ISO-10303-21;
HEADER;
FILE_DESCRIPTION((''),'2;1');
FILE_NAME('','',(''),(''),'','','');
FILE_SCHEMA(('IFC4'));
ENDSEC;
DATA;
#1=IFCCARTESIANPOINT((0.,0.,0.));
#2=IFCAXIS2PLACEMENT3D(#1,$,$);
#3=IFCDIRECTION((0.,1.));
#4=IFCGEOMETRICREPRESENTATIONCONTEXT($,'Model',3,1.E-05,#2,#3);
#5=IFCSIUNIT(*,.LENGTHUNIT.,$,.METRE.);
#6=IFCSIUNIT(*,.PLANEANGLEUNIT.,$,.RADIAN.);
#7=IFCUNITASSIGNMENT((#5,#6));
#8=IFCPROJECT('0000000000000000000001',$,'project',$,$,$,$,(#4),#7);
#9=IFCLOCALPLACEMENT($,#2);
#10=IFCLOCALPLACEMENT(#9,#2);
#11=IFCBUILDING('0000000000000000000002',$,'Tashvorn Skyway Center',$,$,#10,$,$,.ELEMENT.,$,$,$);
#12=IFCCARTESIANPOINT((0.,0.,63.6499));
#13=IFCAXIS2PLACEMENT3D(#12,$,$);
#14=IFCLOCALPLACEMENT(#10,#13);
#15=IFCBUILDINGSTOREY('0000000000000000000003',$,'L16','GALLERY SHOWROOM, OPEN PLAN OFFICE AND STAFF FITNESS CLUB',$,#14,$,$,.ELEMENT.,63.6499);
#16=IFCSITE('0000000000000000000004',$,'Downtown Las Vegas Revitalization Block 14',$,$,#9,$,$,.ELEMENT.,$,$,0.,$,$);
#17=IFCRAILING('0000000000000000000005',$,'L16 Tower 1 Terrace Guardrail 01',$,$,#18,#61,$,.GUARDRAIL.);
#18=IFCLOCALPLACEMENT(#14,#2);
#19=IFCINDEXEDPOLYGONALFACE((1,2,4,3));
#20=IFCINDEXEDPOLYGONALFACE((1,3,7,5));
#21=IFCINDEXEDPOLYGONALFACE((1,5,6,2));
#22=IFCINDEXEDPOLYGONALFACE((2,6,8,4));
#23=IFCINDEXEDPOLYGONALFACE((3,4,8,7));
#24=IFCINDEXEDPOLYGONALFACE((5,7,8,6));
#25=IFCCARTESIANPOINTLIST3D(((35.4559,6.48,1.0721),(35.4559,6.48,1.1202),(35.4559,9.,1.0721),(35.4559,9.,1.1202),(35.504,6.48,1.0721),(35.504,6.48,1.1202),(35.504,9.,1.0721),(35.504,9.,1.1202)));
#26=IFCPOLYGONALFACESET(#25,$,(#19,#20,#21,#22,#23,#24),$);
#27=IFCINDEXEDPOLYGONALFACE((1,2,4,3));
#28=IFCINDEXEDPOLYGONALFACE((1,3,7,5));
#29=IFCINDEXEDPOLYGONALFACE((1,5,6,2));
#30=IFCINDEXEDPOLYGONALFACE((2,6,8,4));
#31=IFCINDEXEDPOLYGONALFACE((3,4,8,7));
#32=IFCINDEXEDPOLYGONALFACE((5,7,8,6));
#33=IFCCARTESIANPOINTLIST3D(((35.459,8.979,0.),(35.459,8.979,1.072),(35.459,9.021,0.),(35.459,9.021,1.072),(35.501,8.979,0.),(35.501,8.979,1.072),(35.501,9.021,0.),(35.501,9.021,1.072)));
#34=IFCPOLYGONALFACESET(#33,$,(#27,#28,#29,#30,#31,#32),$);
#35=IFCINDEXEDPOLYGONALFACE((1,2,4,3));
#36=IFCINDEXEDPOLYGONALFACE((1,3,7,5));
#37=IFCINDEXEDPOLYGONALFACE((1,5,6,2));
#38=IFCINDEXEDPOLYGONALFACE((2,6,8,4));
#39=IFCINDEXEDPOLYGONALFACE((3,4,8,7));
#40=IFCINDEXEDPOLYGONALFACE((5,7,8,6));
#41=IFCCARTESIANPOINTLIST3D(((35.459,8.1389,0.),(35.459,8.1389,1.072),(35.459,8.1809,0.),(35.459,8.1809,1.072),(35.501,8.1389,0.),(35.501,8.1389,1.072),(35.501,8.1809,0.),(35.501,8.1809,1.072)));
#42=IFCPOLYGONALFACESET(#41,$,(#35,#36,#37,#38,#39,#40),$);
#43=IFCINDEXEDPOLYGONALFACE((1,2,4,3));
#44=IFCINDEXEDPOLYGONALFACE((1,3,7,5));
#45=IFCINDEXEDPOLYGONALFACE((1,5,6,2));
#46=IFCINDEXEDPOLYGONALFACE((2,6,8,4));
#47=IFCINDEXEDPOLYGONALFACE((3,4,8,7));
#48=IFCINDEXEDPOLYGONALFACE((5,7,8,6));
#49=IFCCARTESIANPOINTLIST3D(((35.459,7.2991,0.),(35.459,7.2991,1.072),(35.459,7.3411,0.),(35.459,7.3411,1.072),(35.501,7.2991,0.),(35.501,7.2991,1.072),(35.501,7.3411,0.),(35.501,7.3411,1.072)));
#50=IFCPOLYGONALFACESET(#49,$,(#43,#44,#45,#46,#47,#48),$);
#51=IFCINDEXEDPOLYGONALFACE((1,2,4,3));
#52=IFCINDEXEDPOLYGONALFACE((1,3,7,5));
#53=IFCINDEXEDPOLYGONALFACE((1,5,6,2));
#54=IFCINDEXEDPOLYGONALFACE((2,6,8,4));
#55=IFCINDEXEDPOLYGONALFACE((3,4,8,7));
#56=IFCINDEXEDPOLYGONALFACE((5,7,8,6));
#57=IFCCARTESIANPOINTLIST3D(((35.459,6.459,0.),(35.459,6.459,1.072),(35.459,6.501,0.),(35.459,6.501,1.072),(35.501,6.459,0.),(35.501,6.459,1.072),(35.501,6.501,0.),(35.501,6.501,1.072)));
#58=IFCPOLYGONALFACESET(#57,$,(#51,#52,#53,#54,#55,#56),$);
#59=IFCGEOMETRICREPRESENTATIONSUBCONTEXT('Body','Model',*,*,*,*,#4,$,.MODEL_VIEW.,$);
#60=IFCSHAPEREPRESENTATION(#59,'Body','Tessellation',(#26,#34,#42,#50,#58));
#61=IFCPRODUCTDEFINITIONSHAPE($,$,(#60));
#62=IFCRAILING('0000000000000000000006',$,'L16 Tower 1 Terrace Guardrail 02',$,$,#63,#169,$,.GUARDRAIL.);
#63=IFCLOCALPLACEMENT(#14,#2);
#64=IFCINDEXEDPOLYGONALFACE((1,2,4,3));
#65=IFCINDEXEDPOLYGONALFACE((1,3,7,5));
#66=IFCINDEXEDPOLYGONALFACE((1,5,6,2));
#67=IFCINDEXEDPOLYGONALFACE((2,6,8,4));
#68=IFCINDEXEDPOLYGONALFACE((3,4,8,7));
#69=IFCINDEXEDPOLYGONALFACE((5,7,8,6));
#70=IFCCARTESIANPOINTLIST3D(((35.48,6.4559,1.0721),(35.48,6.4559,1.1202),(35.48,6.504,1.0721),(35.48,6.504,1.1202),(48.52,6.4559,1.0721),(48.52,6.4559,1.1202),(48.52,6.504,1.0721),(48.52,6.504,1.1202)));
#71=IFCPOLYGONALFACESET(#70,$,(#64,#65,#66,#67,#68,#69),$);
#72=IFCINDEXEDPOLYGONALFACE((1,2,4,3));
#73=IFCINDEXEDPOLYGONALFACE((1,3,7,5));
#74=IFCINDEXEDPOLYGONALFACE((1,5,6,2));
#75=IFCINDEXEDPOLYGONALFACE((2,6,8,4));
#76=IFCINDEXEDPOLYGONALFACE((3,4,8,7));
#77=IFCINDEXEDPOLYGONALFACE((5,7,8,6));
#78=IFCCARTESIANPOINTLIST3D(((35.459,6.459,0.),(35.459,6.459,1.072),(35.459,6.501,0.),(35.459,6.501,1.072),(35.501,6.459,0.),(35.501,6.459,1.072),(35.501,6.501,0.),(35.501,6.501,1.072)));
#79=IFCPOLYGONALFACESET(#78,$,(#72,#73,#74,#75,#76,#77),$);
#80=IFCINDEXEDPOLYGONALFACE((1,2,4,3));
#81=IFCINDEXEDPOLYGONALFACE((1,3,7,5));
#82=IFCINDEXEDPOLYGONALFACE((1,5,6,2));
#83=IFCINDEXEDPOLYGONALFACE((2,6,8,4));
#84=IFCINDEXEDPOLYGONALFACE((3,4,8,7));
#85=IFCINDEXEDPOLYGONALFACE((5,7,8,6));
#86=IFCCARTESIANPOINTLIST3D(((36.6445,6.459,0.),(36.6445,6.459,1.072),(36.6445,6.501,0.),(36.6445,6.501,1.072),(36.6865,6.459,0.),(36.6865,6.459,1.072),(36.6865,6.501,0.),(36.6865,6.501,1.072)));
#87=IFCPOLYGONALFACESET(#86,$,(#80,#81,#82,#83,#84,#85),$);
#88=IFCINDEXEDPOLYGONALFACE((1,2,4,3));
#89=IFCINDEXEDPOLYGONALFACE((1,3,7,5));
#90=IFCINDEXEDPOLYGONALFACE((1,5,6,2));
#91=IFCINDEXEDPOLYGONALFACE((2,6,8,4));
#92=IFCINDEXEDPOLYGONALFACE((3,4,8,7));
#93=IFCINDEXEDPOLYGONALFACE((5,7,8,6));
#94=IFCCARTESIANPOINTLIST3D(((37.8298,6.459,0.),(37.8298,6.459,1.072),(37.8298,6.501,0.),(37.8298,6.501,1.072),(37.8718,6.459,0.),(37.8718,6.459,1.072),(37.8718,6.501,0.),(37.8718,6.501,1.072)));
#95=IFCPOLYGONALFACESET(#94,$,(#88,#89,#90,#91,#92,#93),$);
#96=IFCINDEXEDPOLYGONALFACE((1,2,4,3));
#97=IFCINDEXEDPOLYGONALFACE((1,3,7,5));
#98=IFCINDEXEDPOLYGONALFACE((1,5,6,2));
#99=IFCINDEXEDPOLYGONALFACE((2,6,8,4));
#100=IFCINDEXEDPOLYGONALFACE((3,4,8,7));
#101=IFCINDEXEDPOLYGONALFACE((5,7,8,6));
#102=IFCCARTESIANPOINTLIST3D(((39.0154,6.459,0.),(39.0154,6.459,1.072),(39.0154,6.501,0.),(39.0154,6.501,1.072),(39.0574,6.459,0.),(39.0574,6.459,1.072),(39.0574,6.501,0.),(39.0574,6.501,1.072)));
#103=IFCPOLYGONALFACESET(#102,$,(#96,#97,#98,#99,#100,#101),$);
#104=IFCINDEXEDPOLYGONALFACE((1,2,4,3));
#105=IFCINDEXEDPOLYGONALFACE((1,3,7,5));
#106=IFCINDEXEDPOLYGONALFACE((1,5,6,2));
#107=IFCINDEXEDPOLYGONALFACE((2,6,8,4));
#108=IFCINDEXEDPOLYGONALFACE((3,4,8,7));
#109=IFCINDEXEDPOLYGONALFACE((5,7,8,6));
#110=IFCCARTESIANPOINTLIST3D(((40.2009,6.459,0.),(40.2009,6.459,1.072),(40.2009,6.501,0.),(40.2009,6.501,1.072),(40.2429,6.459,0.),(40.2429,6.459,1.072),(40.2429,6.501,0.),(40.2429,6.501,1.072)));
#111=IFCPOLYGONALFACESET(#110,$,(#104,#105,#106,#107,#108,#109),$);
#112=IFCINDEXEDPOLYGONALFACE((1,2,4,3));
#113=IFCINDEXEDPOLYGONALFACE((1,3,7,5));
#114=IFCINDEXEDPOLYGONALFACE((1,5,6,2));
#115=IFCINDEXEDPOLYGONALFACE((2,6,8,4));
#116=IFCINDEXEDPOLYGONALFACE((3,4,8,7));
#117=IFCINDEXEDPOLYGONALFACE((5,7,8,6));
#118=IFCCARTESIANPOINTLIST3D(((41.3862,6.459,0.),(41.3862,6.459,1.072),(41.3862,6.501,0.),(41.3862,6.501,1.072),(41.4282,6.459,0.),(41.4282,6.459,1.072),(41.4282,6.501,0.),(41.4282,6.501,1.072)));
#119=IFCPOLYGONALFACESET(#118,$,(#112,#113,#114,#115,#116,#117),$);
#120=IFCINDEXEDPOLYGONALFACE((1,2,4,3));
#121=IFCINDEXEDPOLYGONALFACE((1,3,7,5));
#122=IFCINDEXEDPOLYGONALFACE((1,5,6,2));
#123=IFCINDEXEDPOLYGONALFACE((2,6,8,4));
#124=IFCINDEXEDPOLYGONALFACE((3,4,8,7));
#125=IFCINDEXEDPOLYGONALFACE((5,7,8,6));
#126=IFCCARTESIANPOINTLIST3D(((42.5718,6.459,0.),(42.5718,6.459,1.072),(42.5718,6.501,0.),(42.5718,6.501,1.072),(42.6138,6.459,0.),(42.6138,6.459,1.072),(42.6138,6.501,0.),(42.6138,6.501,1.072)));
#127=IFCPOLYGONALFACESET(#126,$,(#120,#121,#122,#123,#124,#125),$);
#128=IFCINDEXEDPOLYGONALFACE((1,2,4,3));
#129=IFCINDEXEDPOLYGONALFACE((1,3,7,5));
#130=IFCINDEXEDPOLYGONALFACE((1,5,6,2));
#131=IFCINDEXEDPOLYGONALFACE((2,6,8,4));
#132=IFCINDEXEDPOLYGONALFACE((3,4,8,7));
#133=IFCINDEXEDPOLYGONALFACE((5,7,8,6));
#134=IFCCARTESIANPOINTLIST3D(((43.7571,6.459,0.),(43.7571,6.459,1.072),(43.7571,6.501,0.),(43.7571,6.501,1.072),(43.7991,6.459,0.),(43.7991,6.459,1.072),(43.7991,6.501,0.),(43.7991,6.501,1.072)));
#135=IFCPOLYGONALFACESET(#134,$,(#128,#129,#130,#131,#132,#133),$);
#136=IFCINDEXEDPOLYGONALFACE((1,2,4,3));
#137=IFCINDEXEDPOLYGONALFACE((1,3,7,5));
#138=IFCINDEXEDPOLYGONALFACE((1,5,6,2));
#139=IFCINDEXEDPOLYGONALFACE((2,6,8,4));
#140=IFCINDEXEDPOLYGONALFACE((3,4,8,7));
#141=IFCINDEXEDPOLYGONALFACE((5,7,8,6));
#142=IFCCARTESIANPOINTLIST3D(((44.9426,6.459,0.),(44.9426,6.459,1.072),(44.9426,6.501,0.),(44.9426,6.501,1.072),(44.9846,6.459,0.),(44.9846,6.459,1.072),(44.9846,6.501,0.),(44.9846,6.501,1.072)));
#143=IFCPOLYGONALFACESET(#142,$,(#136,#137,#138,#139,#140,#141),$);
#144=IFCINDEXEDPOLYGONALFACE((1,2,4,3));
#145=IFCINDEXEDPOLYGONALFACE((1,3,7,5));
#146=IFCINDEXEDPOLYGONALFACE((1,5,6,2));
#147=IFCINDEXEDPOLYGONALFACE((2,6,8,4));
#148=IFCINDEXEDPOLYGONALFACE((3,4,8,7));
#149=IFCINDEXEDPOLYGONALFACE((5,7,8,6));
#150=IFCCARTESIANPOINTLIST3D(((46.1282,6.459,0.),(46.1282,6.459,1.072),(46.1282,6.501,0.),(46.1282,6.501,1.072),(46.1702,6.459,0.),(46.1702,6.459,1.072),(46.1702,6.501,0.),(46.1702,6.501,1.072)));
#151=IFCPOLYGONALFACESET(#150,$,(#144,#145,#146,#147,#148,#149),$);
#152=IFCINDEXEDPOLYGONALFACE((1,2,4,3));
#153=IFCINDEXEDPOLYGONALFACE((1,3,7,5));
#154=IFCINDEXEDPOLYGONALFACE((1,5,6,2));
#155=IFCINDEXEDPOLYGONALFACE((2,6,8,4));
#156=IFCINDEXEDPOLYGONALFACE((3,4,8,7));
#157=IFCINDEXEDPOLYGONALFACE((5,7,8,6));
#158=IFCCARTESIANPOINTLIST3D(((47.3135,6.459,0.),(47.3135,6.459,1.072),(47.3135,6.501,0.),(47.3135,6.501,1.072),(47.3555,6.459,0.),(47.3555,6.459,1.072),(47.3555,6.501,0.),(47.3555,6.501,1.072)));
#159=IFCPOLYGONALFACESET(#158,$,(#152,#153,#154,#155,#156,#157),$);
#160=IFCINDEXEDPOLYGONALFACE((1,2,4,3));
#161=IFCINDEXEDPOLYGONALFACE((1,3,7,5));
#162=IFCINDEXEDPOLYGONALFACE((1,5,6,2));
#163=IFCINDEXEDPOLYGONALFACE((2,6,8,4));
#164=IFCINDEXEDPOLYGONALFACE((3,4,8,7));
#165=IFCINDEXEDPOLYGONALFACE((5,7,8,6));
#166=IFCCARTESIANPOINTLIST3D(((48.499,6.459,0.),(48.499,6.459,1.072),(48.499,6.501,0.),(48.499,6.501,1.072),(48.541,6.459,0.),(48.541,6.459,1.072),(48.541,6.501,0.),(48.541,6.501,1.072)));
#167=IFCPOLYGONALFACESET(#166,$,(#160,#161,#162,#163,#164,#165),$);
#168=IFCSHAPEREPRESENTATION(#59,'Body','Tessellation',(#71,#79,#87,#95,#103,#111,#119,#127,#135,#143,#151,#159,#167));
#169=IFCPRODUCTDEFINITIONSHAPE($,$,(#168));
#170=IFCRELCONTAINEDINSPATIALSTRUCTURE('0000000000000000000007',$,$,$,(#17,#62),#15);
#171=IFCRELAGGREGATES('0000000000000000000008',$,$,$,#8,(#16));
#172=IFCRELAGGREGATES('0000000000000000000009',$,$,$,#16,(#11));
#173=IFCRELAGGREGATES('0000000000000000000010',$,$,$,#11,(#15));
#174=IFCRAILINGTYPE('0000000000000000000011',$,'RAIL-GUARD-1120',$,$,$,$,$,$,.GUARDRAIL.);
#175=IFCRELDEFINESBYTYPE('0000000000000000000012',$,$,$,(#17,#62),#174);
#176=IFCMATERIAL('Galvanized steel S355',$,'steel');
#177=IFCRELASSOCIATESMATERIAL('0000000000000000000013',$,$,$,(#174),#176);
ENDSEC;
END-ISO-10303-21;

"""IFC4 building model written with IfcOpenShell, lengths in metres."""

from ifc_helpers import new_model, si_unit, direction, frame, origin, origin_2d, place, context, subcontext, project, spatial, rectangle, extrude, material, type_object, element, save


model = new_model("IFC4")

# Units and contexts
model_context = context("Model", 3, precision=1e-05, world=origin(), true_north=direction((0.0, 1.0)))
body_context = subcontext(model_context, "Body", "Model", "MODEL_VIEW")
ifc_project = project(units=[si_unit("LENGTHUNIT", "METRE"), si_unit("PLANEANGLEUNIT", "RADIAN")], contexts=[model_context])

# Site, building, storey
site_placement = place(None, origin())
site = spatial("IfcSite", under=ifc_project, at=site_placement, Name="Downtown Las Vegas Revitalization Block 14", CompositionType="ELEMENT", RefElevation=0.0)
building_placement = place(site_placement, origin())
building = spatial("IfcBuilding", under=site, at=building_placement, Name="Tashvorn Skyway Center", CompositionType="ELEMENT")
storey_placement = place(building_placement, frame((0.0, 0.0, 63.6499)))
storey = spatial("IfcBuildingStorey", under=building, at=storey_placement, Name="L16", Description="GALLERY SHOWROOM, OPEN PLAN OFFICE AND STAFF FITNESS CLUB", CompositionType="ELEMENT", Elevation=63.6499)

# Railings
ifc_material_1 = material(Name="Galvanized steel S355", Category="steel")
railing_type = type_object("IfcRailingType", Name="RAIL-GUARD-1120", PredefinedType="GUARDRAIL", material=ifc_material_1)
railing_1_placement = place(storey_placement, frame((35.48, 9.0, 0.0)))
element("IfcRailing", 1, at=railing_1_placement, inside=storey, type_object=railing_type, Name="L16 Tower 1 Terrace Guardrail 01", PredefinedType="GUARDRAIL", context=body_context, shape_type="SweptSolid", body=[
    extrude(rectangle(XDim=0.0481, YDim=0.0481, at=origin_2d()), frame((0.0, 0.0, 1.0962), z_axis=(0.0, -1.0, 0.0), x_axis=(1.0, 0.0, 0.0)), (0.0, 0.0, 1.0), 2.52),
    extrude(rectangle(XDim=0.042, YDim=0.042, at=origin_2d()), origin(), (0.0, 0.0, 1.0), 1.072),
    extrude(rectangle(XDim=0.042, YDim=0.042, at=origin_2d()), frame((0.0, -0.8401, 0.0)), (0.0, 0.0, 1.0), 1.072),
    extrude(rectangle(XDim=0.042, YDim=0.042, at=origin_2d()), frame((0.0, -1.6799, 0.0)), (0.0, 0.0, 1.0), 1.072),
    extrude(rectangle(XDim=0.042, YDim=0.042, at=origin_2d()), frame((0.0, -2.52, 0.0)), (0.0, 0.0, 1.0), 1.072),
])
railing_2_placement = place(storey_placement, frame((35.48, 6.48, 0.0)))
element("IfcRailing", 2, at=railing_2_placement, inside=storey, type_object=railing_type, Name="L16 Tower 1 Terrace Guardrail 02", PredefinedType="GUARDRAIL", context=body_context, shape_type="SweptSolid", body=[
    extrude(rectangle(XDim=0.0481, YDim=0.0481, at=origin_2d()), frame((0.0, 0.0, 1.0962), z_axis=(1.0, 0.0, 0.0), x_axis=(0.0, 1.0, 0.0)), (0.0, 0.0, 1.0), 13.04),
    extrude(rectangle(XDim=0.042, YDim=0.042, at=origin_2d()), origin(), (0.0, 0.0, 1.0), 1.072),
    extrude(rectangle(XDim=0.042, YDim=0.042, at=origin_2d()), frame((1.1855, 0.0, 0.0)), (0.0, 0.0, 1.0), 1.072),
    extrude(rectangle(XDim=0.042, YDim=0.042, at=origin_2d()), frame((2.3708, 0.0, 0.0)), (0.0, 0.0, 1.0), 1.072),
    extrude(rectangle(XDim=0.042, YDim=0.042, at=origin_2d()), frame((3.5564, 0.0, 0.0)), (0.0, 0.0, 1.0), 1.072),
    extrude(rectangle(XDim=0.042, YDim=0.042, at=origin_2d()), frame((4.7419, 0.0, 0.0)), (0.0, 0.0, 1.0), 1.072),
    extrude(rectangle(XDim=0.042, YDim=0.042, at=origin_2d()), frame((5.9272, 0.0, 0.0)), (0.0, 0.0, 1.0), 1.072),
    extrude(rectangle(XDim=0.042, YDim=0.042, at=origin_2d()), frame((7.1128, 0.0, 0.0)), (0.0, 0.0, 1.0), 1.072),
    extrude(rectangle(XDim=0.042, YDim=0.042, at=origin_2d()), frame((8.2981, 0.0, 0.0)), (0.0, 0.0, 1.0), 1.072),
    extrude(rectangle(XDim=0.042, YDim=0.042, at=origin_2d()), frame((9.4836, 0.0, 0.0)), (0.0, 0.0, 1.0), 1.072),
    extrude(rectangle(XDim=0.042, YDim=0.042, at=origin_2d()), frame((10.6692, 0.0, 0.0)), (0.0, 0.0, 1.0), 1.072),
    extrude(rectangle(XDim=0.042, YDim=0.042, at=origin_2d()), frame((11.8545, 0.0, 0.0)), (0.0, 0.0, 1.0), 1.072),
    extrude(rectangle(XDim=0.042, YDim=0.042, at=origin_2d()), frame((13.04, 0.0, 0.0)), (0.0, 0.0, 1.0), 1.072),
])

save(model, "model.ifc")
